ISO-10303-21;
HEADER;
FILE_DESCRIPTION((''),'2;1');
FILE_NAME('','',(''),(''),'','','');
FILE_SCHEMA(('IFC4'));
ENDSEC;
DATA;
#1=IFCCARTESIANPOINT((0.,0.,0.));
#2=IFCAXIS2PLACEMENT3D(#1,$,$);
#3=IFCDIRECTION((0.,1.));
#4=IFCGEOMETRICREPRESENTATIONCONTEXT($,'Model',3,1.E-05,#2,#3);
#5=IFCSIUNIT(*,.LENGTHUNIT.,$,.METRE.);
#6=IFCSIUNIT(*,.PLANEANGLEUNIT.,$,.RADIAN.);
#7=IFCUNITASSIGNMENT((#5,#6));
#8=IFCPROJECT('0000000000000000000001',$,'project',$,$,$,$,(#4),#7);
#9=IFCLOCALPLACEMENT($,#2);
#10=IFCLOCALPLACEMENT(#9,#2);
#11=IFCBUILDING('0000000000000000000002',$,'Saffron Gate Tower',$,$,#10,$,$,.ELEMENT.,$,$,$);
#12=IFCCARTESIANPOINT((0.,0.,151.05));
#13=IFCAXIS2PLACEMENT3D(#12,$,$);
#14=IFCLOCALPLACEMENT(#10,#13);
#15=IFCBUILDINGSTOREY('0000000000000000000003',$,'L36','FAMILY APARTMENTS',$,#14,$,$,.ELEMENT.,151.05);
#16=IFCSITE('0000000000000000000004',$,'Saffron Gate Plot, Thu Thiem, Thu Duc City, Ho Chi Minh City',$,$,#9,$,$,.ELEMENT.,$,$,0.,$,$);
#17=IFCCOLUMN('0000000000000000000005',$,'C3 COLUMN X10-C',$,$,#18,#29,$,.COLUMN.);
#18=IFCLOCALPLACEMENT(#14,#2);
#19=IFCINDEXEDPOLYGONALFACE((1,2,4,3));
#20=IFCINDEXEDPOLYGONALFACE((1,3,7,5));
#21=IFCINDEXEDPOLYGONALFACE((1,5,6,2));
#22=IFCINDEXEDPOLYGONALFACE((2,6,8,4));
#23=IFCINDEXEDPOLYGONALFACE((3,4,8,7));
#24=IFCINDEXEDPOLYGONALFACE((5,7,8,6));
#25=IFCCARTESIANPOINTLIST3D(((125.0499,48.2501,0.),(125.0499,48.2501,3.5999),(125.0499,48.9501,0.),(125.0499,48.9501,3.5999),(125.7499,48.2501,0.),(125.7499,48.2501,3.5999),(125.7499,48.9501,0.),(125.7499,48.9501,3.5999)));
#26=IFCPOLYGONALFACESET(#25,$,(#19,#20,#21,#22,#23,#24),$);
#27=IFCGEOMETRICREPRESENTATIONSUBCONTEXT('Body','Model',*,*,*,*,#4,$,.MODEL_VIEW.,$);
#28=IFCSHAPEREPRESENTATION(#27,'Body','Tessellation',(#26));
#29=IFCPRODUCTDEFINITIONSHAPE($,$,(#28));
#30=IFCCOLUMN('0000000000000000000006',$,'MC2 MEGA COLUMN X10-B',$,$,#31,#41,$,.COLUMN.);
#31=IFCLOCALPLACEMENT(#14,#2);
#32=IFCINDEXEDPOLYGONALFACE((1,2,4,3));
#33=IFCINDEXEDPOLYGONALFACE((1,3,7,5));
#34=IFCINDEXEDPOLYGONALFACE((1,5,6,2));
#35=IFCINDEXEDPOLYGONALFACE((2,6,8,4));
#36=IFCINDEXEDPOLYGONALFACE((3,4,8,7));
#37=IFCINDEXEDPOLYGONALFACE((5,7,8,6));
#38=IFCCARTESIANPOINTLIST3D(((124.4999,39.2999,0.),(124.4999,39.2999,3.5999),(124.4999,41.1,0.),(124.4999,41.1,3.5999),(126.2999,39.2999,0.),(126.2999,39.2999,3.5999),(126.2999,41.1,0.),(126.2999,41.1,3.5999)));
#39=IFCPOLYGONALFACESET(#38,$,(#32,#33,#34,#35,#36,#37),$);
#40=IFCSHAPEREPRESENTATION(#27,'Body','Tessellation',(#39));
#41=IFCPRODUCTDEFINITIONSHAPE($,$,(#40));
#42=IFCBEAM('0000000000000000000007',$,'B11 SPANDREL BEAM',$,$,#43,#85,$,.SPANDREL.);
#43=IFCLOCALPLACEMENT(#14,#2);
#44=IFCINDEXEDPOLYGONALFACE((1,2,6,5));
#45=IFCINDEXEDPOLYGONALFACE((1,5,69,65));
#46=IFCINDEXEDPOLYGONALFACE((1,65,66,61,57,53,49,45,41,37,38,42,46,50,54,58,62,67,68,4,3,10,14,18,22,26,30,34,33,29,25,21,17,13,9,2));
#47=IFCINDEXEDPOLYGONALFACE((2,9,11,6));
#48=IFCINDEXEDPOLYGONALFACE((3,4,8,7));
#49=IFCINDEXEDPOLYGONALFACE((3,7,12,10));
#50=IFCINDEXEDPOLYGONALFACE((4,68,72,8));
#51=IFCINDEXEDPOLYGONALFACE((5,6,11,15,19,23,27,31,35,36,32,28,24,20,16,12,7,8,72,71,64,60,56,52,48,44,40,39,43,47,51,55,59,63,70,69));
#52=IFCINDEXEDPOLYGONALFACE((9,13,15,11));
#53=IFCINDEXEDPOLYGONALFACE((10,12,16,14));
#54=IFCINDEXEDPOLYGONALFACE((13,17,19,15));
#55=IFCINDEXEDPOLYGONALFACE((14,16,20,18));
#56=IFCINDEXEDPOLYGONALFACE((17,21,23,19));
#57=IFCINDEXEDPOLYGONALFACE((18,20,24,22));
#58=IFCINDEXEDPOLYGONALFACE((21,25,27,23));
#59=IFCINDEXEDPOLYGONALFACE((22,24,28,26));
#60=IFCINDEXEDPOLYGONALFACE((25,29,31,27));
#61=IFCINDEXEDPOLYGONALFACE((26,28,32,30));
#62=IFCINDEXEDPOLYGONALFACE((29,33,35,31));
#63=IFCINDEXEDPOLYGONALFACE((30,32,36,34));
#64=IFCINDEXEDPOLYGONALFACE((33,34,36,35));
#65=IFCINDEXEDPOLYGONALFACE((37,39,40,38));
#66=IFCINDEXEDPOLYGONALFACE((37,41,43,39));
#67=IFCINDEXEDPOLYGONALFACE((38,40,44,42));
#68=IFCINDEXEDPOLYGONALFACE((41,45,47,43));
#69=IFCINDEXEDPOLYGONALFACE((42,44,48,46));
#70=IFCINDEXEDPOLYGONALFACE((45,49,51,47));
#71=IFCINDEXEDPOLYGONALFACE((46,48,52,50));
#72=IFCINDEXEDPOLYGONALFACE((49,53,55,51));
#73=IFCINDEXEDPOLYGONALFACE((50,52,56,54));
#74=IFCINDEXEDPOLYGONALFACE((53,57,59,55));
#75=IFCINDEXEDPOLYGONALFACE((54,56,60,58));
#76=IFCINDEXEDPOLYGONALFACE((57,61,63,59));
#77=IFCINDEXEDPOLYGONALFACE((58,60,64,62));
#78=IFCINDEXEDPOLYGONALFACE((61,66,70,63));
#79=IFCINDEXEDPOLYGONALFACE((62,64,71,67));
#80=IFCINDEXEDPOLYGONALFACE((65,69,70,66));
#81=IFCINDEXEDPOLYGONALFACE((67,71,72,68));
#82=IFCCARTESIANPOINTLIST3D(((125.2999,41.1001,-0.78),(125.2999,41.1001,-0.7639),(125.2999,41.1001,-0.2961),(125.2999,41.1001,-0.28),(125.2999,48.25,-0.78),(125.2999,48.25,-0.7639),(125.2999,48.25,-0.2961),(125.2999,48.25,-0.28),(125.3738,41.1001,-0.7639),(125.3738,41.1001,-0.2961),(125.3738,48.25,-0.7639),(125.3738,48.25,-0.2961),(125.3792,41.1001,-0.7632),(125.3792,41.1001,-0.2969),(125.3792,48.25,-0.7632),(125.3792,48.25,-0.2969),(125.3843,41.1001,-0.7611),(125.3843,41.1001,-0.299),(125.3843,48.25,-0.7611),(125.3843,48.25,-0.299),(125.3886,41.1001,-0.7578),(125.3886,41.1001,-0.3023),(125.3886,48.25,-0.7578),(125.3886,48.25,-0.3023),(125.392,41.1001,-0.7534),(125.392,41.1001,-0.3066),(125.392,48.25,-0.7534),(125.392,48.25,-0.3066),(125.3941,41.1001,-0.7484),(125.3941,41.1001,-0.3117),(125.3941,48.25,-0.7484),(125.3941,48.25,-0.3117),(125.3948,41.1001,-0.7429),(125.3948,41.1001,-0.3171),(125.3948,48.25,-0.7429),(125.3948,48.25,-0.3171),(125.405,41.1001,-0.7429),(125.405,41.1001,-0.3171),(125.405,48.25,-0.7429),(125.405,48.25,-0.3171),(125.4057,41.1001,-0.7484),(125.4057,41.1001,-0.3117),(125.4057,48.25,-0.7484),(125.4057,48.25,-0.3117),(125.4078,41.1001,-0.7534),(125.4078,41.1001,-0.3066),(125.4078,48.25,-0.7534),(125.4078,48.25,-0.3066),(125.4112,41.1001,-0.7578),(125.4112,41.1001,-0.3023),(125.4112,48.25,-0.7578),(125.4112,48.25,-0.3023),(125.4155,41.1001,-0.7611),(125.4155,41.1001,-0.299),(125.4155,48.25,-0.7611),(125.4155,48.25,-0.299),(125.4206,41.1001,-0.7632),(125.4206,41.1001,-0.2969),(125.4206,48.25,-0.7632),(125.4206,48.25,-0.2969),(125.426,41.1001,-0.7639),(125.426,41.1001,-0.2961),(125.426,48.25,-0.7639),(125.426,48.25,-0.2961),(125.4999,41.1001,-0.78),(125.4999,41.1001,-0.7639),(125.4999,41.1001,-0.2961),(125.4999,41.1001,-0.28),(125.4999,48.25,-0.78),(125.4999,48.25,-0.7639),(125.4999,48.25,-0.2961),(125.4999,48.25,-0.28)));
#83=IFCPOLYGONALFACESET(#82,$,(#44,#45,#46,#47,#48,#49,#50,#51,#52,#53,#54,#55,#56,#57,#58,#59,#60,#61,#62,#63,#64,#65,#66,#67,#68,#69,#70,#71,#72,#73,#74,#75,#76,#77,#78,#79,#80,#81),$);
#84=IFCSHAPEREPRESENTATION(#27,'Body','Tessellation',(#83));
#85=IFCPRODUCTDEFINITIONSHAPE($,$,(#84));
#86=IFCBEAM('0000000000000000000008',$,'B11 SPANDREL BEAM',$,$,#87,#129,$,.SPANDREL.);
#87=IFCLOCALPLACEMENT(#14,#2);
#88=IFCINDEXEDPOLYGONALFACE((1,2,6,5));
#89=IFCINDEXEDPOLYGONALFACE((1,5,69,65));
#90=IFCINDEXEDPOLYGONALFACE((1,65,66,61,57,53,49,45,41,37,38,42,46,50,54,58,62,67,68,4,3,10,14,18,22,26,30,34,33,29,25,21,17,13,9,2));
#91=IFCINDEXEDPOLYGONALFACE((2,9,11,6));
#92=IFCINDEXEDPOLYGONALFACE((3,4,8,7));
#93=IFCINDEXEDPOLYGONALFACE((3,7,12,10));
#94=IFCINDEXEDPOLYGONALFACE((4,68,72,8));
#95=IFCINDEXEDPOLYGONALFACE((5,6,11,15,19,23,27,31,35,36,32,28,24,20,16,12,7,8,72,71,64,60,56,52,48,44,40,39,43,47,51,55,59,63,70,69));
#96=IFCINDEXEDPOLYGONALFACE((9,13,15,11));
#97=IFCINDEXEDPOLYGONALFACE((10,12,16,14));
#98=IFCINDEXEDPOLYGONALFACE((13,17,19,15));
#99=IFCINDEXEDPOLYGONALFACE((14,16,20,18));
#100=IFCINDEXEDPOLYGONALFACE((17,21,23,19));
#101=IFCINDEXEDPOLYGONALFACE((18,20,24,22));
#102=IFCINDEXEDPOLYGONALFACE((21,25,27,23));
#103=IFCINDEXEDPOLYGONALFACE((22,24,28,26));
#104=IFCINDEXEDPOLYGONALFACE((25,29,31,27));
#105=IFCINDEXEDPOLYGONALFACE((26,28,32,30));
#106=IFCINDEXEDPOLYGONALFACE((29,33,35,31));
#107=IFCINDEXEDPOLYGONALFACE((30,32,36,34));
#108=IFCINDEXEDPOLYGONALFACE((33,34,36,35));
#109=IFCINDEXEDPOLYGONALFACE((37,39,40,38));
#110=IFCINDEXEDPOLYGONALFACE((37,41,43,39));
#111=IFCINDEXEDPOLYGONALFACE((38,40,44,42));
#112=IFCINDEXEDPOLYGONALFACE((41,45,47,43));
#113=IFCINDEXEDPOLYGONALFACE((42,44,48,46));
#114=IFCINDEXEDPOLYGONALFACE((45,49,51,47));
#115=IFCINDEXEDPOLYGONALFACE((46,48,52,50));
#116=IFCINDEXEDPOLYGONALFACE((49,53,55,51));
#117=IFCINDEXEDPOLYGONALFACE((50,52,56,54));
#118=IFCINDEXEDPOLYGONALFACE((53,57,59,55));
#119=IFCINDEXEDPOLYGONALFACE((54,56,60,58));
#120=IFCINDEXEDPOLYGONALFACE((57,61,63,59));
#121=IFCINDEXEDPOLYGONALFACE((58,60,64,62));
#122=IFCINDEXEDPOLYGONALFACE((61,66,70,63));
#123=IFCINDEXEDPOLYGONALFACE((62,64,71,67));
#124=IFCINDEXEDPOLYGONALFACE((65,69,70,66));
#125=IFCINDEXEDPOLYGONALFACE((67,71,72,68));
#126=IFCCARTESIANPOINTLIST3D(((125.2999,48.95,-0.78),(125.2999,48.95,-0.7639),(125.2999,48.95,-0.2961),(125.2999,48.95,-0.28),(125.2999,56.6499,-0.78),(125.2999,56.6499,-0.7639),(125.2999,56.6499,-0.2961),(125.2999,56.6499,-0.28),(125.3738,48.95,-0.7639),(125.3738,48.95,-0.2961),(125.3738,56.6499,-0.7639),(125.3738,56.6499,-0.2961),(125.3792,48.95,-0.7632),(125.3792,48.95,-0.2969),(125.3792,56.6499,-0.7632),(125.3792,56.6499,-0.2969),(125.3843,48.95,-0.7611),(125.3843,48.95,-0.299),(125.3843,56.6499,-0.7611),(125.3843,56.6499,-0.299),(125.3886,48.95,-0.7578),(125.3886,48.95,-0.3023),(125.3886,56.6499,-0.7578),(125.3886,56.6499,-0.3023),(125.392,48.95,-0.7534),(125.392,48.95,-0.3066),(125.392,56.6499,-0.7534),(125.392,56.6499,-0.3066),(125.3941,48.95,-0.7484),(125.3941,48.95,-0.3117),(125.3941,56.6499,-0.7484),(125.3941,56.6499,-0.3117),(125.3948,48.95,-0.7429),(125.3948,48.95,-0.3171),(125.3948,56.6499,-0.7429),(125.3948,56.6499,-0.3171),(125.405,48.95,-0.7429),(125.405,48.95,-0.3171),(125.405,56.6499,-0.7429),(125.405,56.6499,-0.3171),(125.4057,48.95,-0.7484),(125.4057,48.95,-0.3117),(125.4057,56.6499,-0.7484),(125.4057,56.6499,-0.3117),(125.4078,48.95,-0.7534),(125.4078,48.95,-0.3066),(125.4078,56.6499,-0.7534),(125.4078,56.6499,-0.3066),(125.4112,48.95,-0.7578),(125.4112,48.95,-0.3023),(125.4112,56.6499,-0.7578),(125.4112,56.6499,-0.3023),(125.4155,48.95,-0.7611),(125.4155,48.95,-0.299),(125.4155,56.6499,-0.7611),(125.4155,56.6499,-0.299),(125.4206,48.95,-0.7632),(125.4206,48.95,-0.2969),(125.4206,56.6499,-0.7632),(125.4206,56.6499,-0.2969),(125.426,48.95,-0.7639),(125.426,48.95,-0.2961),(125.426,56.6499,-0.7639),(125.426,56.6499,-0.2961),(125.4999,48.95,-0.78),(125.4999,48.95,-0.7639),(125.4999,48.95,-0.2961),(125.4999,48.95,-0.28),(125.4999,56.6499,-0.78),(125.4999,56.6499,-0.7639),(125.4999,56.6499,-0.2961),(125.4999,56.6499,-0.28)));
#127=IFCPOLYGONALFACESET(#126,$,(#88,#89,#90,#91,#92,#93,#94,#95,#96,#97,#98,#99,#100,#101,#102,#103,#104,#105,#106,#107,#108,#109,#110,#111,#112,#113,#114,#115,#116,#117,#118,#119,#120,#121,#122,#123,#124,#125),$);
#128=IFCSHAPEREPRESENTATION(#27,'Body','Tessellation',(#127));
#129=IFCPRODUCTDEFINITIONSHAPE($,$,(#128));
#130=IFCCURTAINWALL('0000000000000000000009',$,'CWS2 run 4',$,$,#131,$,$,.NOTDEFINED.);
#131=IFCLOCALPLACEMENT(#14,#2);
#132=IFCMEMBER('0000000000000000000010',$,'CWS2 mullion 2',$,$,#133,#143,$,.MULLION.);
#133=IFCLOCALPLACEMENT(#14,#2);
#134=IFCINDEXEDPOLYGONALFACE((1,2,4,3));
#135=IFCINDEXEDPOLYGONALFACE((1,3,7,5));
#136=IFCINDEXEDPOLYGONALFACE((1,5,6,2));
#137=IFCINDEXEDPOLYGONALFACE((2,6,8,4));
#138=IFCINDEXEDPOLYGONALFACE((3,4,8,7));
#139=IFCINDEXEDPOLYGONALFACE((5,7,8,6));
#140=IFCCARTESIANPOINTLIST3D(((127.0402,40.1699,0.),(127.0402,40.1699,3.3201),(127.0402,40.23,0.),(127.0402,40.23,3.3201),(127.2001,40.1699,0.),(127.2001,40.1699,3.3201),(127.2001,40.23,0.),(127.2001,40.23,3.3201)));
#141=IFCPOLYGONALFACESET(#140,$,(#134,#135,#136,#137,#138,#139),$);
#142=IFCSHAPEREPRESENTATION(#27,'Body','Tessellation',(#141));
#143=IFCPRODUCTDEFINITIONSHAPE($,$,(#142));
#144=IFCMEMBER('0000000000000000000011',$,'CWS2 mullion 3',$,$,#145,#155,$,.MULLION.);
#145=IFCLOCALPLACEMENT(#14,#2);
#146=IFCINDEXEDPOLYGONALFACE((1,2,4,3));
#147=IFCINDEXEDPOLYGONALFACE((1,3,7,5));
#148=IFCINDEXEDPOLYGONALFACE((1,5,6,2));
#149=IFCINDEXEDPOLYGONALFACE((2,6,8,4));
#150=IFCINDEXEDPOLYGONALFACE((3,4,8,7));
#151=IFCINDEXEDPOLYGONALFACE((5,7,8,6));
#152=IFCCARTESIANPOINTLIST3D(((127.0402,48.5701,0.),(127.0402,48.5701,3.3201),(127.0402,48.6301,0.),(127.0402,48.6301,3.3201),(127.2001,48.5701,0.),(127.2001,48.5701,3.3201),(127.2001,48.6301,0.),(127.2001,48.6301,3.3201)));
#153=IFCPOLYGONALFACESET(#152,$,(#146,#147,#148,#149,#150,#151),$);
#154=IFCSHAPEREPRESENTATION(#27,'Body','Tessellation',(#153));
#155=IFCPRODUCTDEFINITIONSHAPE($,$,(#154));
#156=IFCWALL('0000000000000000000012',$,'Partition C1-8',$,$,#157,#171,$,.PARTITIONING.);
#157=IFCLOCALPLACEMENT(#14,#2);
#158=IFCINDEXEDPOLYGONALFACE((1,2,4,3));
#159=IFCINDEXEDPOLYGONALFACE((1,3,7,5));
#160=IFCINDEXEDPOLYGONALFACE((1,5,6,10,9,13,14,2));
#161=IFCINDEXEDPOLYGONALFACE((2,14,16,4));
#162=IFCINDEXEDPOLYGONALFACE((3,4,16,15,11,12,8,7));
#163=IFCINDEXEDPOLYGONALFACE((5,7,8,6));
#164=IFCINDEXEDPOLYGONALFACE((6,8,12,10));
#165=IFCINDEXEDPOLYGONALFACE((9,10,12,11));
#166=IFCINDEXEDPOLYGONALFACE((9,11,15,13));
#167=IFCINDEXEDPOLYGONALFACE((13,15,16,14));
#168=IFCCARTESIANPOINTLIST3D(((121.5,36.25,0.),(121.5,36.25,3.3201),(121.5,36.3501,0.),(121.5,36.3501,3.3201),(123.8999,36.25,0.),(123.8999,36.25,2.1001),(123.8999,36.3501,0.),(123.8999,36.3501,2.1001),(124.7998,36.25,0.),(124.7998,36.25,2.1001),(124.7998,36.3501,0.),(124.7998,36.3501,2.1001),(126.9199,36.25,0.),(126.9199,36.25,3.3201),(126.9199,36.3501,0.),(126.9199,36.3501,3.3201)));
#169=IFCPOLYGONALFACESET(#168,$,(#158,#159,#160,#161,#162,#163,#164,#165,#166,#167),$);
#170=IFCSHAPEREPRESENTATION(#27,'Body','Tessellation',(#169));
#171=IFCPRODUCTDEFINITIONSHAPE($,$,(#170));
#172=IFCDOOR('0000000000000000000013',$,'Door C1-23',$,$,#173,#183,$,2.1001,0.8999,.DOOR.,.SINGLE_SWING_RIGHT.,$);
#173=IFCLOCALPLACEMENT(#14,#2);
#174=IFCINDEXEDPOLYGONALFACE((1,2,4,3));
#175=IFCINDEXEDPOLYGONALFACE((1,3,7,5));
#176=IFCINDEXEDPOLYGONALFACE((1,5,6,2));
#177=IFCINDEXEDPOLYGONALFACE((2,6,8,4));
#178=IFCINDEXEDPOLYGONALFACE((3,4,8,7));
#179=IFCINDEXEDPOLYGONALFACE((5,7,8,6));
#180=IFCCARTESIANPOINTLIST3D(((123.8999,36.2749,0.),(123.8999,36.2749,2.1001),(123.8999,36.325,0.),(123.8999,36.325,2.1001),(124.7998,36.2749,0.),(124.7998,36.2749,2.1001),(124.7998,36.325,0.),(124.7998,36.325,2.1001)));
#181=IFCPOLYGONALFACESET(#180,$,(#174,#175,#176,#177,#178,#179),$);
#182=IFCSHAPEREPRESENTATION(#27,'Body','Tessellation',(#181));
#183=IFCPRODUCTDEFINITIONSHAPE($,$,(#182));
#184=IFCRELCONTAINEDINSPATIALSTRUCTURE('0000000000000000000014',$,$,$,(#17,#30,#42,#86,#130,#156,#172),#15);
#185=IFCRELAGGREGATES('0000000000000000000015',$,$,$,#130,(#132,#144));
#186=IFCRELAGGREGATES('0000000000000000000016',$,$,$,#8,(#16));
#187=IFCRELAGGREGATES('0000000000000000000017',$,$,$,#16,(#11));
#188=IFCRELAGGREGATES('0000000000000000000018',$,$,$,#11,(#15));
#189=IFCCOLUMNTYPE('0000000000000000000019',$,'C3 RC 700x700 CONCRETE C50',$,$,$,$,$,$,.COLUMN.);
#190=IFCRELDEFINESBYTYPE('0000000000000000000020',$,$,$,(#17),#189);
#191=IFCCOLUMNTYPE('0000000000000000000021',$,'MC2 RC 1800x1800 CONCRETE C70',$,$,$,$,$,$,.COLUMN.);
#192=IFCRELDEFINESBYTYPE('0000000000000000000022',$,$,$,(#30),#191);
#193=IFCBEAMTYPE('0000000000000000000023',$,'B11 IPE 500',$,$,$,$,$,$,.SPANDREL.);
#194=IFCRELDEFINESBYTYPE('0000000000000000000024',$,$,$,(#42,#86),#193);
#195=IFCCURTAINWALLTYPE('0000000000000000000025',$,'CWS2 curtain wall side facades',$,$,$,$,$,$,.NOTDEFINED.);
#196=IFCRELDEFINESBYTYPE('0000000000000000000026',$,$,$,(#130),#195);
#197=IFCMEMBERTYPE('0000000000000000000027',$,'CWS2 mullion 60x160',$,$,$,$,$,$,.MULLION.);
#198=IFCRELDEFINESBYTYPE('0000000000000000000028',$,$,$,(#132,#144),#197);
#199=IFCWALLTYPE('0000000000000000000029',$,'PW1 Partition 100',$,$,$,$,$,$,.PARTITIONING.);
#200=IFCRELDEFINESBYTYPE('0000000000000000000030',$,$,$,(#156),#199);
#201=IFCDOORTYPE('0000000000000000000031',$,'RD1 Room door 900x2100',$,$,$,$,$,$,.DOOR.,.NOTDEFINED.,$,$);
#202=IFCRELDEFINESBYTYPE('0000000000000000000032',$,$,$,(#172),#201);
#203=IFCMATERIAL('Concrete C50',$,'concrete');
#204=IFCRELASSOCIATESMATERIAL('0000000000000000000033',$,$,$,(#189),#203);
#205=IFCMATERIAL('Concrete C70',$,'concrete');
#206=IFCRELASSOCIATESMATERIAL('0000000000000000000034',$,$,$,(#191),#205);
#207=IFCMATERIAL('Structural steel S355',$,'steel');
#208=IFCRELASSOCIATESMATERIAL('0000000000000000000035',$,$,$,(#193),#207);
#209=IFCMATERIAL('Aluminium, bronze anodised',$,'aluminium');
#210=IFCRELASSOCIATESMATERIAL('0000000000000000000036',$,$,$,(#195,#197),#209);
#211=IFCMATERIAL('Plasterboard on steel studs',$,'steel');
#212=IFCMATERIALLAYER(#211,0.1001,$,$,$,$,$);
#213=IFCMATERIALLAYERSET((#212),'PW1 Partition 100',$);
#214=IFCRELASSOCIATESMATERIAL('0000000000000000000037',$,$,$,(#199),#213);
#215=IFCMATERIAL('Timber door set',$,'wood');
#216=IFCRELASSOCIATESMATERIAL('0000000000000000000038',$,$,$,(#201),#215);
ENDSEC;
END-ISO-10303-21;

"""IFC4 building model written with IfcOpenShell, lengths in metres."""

from ifc_helpers import new_model, si_unit, direction, frame, frame_2d, origin, origin_2d, place, context, subcontext, project, spatial, rectangle, i_section, extrude, material, layer, layer_set, material_profile, profile_set, type_object, element, fill, aggregate, save


model = new_model("IFC4")

# Units and contexts
model_context = context("Model", 3, precision=1e-05, world=origin(), true_north=direction((0.0, 1.0)))
body_context = subcontext(model_context, "Body", "Model", "MODEL_VIEW")
ifc_project = project(units=[si_unit("LENGTHUNIT", "METRE"), si_unit("PLANEANGLEUNIT", "RADIAN")], contexts=[model_context])

# Site, building, storey
site_placement = place(None, origin())
site = spatial("IfcSite", under=ifc_project, at=site_placement, Name="Saffron Gate Plot, Thu Thiem, Thu Duc City, Ho Chi Minh City", CompositionType="ELEMENT", RefElevation=0.0)
building_placement = place(site_placement, origin())
building = spatial("IfcBuilding", under=site, at=building_placement, Name="Saffron Gate Tower", CompositionType="ELEMENT")
storey_placement = place(building_placement, frame((0.0, 0.0, 151.05)))
storey = spatial("IfcBuildingStorey", under=building, at=storey_placement, Name="L36", Description="FAMILY APARTMENTS", CompositionType="ELEMENT", Elevation=151.05)

# Columns
ifc_material_1 = material(Name="Concrete C50", Category="concrete")
ifc_material_profile_1 = material_profile(ifc_material_1, rectangle(XDim=0.7, YDim=0.7, at=origin_2d()))
ifc_profile_set_1 = profile_set([ifc_material_profile_1], Name="Concrete C50")
column_type_1 = type_object("IfcColumnType", Name="C3 RC 700x700 CONCRETE C50", PredefinedType="COLUMN", material=ifc_profile_set_1)
column_1_placement = place(storey_placement, frame((125.3999, 48.6001, 0.0), z_axis=(0.0, 0.0, 1.0), x_axis=(1.0, 0.0, 0.0)))
element("IfcColumn", 1, at=column_1_placement, inside=storey, type_object=column_type_1, Name="C3 COLUMN X10-C", PredefinedType="COLUMN", context=body_context, shape_type="SweptSolid", body=[
    extrude(rectangle(XDim=0.7, YDim=0.7, at=origin_2d()), origin(), (0.0, 0.0, 1.0), 3.5999),
])
ifc_material_2 = material(Name="Concrete C70", Category="concrete")
ifc_material_profile_2 = material_profile(ifc_material_2, rectangle(XDim=1.8, YDim=1.8, at=origin_2d()))
ifc_profile_set_2 = profile_set([ifc_material_profile_2], Name="Concrete C70")
column_type_2 = type_object("IfcColumnType", Name="MC2 RC 1800x1800 CONCRETE C70", PredefinedType="COLUMN", material=ifc_profile_set_2)
column_2_placement = place(storey_placement, frame((125.3999, 40.2, 0.0), z_axis=(0.0, 0.0, 1.0), x_axis=(1.0, 0.0, 0.0)))
element("IfcColumn", 2, at=column_2_placement, inside=storey, type_object=column_type_2, Name="MC2 MEGA COLUMN X10-B", PredefinedType="COLUMN", context=body_context, shape_type="SweptSolid", body=[
    extrude(rectangle(XDim=1.8, YDim=1.8, at=origin_2d()), origin(), (0.0, 0.0, 1.0), 3.5999),
])

# Beams
ifc_material_3 = material(Name="Structural steel S355", Category="steel")
ifc_material_profile_3 = material_profile(ifc_material_3, i_section(OverallWidth=0.2, OverallDepth=0.5, WebThickness=0.0103, FlangeThickness=0.0161, FilletRadius=0.021, at=origin_2d()))
ifc_profile_set_3 = profile_set([ifc_material_profile_3], Name="Structural steel S355")
beam_type = type_object("IfcBeamType", Name="B11 IPE 500", PredefinedType="SPANDREL", material=ifc_profile_set_3)
beam_1_placement = place(storey_placement, frame((125.3999, 41.1001, -0.53), z_axis=(0.0, 1.0, 0.0), x_axis=(-1.0, 0.0, 0.0)))
element("IfcBeam", 3, at=beam_1_placement, inside=storey, type_object=beam_type, Name="B11 SPANDREL BEAM", PredefinedType="SPANDREL", context=body_context, shape_type="SweptSolid", body=[
    extrude(i_section(OverallWidth=0.2, OverallDepth=0.5, WebThickness=0.0103, FlangeThickness=0.0161, FilletRadius=0.021, at=origin_2d()), origin(), (0.0, 0.0, 1.0), 7.1499),
])
beam_2_placement = place(storey_placement, frame((125.3999, 48.95, -0.53), z_axis=(0.0, 1.0, 0.0), x_axis=(-1.0, 0.0, 0.0)))
element("IfcBeam", 4, at=beam_2_placement, inside=storey, type_object=beam_type, Name="B11 SPANDREL BEAM", PredefinedType="SPANDREL", context=body_context, shape_type="SweptSolid", body=[
    extrude(i_section(OverallWidth=0.2, OverallDepth=0.5, WebThickness=0.0103, FlangeThickness=0.0161, FilletRadius=0.021, at=origin_2d()), origin(), (0.0, 0.0, 1.0), 7.7),
])

# Curtain wall, members
ifc_material_4 = material(Name="Aluminium, bronze anodised", Category="aluminium")
curtain_wall_type = type_object("IfcCurtainWallType", Name="CWS2 curtain wall side facades", PredefinedType="NOTDEFINED", material=ifc_material_4)
curtain_wall_placement = place(storey_placement, origin())
curtain_wall = element("IfcCurtainWall", 5, at=curtain_wall_placement, inside=storey, type_object=curtain_wall_type, Name="CWS2 run 4", PredefinedType="NOTDEFINED")
ifc_material_profile_4 = material_profile(ifc_material_4, rectangle(XDim=0.1599, YDim=0.0601, at=origin_2d()))
ifc_profile_set_4 = profile_set([ifc_material_profile_4], Name="Aluminium, bronze anodised")
member_type = type_object("IfcMemberType", Name="CWS2 mullion 60x160", PredefinedType="MULLION", material=ifc_profile_set_4)
member_1_placement = place(storey_placement, frame((127.1201, 40.2, 0.0), z_axis=(0.0, 0.0, 1.0), x_axis=(-1.0, 0.0, 0.0)))
member_1 = element("IfcMember", 6, at=member_1_placement, type_object=member_type, Name="CWS2 mullion 2", PredefinedType="MULLION", context=body_context, shape_type="SweptSolid", body=[
    extrude(rectangle(XDim=0.1599, YDim=0.0601, at=origin_2d()), origin(), (0.0, 0.0, 1.0), 3.3201),
])
member_2_placement = place(storey_placement, frame((127.1201, 48.6001, 0.0), z_axis=(0.0, 0.0, 1.0), x_axis=(-1.0, 0.0, 0.0)))
member_2 = element("IfcMember", 7, at=member_2_placement, type_object=member_type, Name="CWS2 mullion 3", PredefinedType="MULLION", context=body_context, shape_type="SweptSolid", body=[
    extrude(rectangle(XDim=0.1599, YDim=0.0601, at=origin_2d()), origin(), (0.0, 0.0, 1.0), 3.3201),
])
aggregate(curtain_wall, [member_1, member_2])

# Wall, opening, door
ifc_material_5 = material(Name="Plasterboard on steel studs", Category="steel")
ifc_layer_1 = layer(ifc_material_5, 0.1001)
ifc_layer_set_1 = layer_set([ifc_layer_1], Name="PW1 Partition 100")
wall_type_1 = type_object("IfcWallType", Name="PW1 Partition 100", PredefinedType="PARTITIONING", material=ifc_layer_set_1)
wall_1_placement = place(storey_placement, frame((121.5, 36.3, 0.0), z_axis=(0.0, 0.0, 1.0), x_axis=(1.0, 0.0, 0.0)))
wall_1 = element("IfcWall", 8, at=wall_1_placement, inside=storey, type_object=wall_type_1, Name="Partition C1-8", PredefinedType="PARTITIONING", context=body_context, shape_type="SweptSolid", body=[
    extrude(rectangle(XDim=5.4199, YDim=0.1001, at=frame_2d((2.71, 0.0))), origin(), (0.0, 0.0, 1.0), 3.3201),
])
opening_1_placement = place(wall_1_placement, frame((2.3999, 0.0, 0.0)))
opening_1 = element("IfcOpeningElement", 9, at=opening_1_placement, cuts=wall_1, PredefinedType="OPENING", context=body_context, shape_type="SweptSolid", body=[
    extrude(rectangle(XDim=0.8999, YDim=2.1001, at=frame_2d((0.45, 1.05))), frame((0.0, 0.0601, 0.0), z_axis=(0.0, -1.0, 0.0), x_axis=(1.0, 0.0, 0.0)), (0.0, 0.0, 1.0), 0.1201),
])
ifc_material_6 = material(Name="Timber door set", Category="wood")
door_type_1 = type_object("IfcDoorType", Name="RD1 Room door 900x2100", OperationType="NOTDEFINED", PredefinedType="DOOR", material=ifc_material_6)
door_1_placement = place(opening_1_placement, origin())
door_1 = element("IfcDoor", 10, at=door_1_placement, inside=storey, type_object=door_type_1, Name="Door C1-23", OperationType="SINGLE_SWING_RIGHT", OverallHeight=2.1001, OverallWidth=0.8999, PredefinedType="DOOR", context=body_context, shape_type="SweptSolid", body=[
    extrude(rectangle(XDim=0.8999, YDim=2.1001, at=frame_2d((0.45, 1.05))), frame((0.0, 0.0249, 0.0), z_axis=(0.0, -1.0, 0.0), x_axis=(1.0, 0.0, 0.0)), (0.0, 0.0, 1.0), 0.05),
])
fill(opening_1, door_1)

save(model, "model.ifc")
